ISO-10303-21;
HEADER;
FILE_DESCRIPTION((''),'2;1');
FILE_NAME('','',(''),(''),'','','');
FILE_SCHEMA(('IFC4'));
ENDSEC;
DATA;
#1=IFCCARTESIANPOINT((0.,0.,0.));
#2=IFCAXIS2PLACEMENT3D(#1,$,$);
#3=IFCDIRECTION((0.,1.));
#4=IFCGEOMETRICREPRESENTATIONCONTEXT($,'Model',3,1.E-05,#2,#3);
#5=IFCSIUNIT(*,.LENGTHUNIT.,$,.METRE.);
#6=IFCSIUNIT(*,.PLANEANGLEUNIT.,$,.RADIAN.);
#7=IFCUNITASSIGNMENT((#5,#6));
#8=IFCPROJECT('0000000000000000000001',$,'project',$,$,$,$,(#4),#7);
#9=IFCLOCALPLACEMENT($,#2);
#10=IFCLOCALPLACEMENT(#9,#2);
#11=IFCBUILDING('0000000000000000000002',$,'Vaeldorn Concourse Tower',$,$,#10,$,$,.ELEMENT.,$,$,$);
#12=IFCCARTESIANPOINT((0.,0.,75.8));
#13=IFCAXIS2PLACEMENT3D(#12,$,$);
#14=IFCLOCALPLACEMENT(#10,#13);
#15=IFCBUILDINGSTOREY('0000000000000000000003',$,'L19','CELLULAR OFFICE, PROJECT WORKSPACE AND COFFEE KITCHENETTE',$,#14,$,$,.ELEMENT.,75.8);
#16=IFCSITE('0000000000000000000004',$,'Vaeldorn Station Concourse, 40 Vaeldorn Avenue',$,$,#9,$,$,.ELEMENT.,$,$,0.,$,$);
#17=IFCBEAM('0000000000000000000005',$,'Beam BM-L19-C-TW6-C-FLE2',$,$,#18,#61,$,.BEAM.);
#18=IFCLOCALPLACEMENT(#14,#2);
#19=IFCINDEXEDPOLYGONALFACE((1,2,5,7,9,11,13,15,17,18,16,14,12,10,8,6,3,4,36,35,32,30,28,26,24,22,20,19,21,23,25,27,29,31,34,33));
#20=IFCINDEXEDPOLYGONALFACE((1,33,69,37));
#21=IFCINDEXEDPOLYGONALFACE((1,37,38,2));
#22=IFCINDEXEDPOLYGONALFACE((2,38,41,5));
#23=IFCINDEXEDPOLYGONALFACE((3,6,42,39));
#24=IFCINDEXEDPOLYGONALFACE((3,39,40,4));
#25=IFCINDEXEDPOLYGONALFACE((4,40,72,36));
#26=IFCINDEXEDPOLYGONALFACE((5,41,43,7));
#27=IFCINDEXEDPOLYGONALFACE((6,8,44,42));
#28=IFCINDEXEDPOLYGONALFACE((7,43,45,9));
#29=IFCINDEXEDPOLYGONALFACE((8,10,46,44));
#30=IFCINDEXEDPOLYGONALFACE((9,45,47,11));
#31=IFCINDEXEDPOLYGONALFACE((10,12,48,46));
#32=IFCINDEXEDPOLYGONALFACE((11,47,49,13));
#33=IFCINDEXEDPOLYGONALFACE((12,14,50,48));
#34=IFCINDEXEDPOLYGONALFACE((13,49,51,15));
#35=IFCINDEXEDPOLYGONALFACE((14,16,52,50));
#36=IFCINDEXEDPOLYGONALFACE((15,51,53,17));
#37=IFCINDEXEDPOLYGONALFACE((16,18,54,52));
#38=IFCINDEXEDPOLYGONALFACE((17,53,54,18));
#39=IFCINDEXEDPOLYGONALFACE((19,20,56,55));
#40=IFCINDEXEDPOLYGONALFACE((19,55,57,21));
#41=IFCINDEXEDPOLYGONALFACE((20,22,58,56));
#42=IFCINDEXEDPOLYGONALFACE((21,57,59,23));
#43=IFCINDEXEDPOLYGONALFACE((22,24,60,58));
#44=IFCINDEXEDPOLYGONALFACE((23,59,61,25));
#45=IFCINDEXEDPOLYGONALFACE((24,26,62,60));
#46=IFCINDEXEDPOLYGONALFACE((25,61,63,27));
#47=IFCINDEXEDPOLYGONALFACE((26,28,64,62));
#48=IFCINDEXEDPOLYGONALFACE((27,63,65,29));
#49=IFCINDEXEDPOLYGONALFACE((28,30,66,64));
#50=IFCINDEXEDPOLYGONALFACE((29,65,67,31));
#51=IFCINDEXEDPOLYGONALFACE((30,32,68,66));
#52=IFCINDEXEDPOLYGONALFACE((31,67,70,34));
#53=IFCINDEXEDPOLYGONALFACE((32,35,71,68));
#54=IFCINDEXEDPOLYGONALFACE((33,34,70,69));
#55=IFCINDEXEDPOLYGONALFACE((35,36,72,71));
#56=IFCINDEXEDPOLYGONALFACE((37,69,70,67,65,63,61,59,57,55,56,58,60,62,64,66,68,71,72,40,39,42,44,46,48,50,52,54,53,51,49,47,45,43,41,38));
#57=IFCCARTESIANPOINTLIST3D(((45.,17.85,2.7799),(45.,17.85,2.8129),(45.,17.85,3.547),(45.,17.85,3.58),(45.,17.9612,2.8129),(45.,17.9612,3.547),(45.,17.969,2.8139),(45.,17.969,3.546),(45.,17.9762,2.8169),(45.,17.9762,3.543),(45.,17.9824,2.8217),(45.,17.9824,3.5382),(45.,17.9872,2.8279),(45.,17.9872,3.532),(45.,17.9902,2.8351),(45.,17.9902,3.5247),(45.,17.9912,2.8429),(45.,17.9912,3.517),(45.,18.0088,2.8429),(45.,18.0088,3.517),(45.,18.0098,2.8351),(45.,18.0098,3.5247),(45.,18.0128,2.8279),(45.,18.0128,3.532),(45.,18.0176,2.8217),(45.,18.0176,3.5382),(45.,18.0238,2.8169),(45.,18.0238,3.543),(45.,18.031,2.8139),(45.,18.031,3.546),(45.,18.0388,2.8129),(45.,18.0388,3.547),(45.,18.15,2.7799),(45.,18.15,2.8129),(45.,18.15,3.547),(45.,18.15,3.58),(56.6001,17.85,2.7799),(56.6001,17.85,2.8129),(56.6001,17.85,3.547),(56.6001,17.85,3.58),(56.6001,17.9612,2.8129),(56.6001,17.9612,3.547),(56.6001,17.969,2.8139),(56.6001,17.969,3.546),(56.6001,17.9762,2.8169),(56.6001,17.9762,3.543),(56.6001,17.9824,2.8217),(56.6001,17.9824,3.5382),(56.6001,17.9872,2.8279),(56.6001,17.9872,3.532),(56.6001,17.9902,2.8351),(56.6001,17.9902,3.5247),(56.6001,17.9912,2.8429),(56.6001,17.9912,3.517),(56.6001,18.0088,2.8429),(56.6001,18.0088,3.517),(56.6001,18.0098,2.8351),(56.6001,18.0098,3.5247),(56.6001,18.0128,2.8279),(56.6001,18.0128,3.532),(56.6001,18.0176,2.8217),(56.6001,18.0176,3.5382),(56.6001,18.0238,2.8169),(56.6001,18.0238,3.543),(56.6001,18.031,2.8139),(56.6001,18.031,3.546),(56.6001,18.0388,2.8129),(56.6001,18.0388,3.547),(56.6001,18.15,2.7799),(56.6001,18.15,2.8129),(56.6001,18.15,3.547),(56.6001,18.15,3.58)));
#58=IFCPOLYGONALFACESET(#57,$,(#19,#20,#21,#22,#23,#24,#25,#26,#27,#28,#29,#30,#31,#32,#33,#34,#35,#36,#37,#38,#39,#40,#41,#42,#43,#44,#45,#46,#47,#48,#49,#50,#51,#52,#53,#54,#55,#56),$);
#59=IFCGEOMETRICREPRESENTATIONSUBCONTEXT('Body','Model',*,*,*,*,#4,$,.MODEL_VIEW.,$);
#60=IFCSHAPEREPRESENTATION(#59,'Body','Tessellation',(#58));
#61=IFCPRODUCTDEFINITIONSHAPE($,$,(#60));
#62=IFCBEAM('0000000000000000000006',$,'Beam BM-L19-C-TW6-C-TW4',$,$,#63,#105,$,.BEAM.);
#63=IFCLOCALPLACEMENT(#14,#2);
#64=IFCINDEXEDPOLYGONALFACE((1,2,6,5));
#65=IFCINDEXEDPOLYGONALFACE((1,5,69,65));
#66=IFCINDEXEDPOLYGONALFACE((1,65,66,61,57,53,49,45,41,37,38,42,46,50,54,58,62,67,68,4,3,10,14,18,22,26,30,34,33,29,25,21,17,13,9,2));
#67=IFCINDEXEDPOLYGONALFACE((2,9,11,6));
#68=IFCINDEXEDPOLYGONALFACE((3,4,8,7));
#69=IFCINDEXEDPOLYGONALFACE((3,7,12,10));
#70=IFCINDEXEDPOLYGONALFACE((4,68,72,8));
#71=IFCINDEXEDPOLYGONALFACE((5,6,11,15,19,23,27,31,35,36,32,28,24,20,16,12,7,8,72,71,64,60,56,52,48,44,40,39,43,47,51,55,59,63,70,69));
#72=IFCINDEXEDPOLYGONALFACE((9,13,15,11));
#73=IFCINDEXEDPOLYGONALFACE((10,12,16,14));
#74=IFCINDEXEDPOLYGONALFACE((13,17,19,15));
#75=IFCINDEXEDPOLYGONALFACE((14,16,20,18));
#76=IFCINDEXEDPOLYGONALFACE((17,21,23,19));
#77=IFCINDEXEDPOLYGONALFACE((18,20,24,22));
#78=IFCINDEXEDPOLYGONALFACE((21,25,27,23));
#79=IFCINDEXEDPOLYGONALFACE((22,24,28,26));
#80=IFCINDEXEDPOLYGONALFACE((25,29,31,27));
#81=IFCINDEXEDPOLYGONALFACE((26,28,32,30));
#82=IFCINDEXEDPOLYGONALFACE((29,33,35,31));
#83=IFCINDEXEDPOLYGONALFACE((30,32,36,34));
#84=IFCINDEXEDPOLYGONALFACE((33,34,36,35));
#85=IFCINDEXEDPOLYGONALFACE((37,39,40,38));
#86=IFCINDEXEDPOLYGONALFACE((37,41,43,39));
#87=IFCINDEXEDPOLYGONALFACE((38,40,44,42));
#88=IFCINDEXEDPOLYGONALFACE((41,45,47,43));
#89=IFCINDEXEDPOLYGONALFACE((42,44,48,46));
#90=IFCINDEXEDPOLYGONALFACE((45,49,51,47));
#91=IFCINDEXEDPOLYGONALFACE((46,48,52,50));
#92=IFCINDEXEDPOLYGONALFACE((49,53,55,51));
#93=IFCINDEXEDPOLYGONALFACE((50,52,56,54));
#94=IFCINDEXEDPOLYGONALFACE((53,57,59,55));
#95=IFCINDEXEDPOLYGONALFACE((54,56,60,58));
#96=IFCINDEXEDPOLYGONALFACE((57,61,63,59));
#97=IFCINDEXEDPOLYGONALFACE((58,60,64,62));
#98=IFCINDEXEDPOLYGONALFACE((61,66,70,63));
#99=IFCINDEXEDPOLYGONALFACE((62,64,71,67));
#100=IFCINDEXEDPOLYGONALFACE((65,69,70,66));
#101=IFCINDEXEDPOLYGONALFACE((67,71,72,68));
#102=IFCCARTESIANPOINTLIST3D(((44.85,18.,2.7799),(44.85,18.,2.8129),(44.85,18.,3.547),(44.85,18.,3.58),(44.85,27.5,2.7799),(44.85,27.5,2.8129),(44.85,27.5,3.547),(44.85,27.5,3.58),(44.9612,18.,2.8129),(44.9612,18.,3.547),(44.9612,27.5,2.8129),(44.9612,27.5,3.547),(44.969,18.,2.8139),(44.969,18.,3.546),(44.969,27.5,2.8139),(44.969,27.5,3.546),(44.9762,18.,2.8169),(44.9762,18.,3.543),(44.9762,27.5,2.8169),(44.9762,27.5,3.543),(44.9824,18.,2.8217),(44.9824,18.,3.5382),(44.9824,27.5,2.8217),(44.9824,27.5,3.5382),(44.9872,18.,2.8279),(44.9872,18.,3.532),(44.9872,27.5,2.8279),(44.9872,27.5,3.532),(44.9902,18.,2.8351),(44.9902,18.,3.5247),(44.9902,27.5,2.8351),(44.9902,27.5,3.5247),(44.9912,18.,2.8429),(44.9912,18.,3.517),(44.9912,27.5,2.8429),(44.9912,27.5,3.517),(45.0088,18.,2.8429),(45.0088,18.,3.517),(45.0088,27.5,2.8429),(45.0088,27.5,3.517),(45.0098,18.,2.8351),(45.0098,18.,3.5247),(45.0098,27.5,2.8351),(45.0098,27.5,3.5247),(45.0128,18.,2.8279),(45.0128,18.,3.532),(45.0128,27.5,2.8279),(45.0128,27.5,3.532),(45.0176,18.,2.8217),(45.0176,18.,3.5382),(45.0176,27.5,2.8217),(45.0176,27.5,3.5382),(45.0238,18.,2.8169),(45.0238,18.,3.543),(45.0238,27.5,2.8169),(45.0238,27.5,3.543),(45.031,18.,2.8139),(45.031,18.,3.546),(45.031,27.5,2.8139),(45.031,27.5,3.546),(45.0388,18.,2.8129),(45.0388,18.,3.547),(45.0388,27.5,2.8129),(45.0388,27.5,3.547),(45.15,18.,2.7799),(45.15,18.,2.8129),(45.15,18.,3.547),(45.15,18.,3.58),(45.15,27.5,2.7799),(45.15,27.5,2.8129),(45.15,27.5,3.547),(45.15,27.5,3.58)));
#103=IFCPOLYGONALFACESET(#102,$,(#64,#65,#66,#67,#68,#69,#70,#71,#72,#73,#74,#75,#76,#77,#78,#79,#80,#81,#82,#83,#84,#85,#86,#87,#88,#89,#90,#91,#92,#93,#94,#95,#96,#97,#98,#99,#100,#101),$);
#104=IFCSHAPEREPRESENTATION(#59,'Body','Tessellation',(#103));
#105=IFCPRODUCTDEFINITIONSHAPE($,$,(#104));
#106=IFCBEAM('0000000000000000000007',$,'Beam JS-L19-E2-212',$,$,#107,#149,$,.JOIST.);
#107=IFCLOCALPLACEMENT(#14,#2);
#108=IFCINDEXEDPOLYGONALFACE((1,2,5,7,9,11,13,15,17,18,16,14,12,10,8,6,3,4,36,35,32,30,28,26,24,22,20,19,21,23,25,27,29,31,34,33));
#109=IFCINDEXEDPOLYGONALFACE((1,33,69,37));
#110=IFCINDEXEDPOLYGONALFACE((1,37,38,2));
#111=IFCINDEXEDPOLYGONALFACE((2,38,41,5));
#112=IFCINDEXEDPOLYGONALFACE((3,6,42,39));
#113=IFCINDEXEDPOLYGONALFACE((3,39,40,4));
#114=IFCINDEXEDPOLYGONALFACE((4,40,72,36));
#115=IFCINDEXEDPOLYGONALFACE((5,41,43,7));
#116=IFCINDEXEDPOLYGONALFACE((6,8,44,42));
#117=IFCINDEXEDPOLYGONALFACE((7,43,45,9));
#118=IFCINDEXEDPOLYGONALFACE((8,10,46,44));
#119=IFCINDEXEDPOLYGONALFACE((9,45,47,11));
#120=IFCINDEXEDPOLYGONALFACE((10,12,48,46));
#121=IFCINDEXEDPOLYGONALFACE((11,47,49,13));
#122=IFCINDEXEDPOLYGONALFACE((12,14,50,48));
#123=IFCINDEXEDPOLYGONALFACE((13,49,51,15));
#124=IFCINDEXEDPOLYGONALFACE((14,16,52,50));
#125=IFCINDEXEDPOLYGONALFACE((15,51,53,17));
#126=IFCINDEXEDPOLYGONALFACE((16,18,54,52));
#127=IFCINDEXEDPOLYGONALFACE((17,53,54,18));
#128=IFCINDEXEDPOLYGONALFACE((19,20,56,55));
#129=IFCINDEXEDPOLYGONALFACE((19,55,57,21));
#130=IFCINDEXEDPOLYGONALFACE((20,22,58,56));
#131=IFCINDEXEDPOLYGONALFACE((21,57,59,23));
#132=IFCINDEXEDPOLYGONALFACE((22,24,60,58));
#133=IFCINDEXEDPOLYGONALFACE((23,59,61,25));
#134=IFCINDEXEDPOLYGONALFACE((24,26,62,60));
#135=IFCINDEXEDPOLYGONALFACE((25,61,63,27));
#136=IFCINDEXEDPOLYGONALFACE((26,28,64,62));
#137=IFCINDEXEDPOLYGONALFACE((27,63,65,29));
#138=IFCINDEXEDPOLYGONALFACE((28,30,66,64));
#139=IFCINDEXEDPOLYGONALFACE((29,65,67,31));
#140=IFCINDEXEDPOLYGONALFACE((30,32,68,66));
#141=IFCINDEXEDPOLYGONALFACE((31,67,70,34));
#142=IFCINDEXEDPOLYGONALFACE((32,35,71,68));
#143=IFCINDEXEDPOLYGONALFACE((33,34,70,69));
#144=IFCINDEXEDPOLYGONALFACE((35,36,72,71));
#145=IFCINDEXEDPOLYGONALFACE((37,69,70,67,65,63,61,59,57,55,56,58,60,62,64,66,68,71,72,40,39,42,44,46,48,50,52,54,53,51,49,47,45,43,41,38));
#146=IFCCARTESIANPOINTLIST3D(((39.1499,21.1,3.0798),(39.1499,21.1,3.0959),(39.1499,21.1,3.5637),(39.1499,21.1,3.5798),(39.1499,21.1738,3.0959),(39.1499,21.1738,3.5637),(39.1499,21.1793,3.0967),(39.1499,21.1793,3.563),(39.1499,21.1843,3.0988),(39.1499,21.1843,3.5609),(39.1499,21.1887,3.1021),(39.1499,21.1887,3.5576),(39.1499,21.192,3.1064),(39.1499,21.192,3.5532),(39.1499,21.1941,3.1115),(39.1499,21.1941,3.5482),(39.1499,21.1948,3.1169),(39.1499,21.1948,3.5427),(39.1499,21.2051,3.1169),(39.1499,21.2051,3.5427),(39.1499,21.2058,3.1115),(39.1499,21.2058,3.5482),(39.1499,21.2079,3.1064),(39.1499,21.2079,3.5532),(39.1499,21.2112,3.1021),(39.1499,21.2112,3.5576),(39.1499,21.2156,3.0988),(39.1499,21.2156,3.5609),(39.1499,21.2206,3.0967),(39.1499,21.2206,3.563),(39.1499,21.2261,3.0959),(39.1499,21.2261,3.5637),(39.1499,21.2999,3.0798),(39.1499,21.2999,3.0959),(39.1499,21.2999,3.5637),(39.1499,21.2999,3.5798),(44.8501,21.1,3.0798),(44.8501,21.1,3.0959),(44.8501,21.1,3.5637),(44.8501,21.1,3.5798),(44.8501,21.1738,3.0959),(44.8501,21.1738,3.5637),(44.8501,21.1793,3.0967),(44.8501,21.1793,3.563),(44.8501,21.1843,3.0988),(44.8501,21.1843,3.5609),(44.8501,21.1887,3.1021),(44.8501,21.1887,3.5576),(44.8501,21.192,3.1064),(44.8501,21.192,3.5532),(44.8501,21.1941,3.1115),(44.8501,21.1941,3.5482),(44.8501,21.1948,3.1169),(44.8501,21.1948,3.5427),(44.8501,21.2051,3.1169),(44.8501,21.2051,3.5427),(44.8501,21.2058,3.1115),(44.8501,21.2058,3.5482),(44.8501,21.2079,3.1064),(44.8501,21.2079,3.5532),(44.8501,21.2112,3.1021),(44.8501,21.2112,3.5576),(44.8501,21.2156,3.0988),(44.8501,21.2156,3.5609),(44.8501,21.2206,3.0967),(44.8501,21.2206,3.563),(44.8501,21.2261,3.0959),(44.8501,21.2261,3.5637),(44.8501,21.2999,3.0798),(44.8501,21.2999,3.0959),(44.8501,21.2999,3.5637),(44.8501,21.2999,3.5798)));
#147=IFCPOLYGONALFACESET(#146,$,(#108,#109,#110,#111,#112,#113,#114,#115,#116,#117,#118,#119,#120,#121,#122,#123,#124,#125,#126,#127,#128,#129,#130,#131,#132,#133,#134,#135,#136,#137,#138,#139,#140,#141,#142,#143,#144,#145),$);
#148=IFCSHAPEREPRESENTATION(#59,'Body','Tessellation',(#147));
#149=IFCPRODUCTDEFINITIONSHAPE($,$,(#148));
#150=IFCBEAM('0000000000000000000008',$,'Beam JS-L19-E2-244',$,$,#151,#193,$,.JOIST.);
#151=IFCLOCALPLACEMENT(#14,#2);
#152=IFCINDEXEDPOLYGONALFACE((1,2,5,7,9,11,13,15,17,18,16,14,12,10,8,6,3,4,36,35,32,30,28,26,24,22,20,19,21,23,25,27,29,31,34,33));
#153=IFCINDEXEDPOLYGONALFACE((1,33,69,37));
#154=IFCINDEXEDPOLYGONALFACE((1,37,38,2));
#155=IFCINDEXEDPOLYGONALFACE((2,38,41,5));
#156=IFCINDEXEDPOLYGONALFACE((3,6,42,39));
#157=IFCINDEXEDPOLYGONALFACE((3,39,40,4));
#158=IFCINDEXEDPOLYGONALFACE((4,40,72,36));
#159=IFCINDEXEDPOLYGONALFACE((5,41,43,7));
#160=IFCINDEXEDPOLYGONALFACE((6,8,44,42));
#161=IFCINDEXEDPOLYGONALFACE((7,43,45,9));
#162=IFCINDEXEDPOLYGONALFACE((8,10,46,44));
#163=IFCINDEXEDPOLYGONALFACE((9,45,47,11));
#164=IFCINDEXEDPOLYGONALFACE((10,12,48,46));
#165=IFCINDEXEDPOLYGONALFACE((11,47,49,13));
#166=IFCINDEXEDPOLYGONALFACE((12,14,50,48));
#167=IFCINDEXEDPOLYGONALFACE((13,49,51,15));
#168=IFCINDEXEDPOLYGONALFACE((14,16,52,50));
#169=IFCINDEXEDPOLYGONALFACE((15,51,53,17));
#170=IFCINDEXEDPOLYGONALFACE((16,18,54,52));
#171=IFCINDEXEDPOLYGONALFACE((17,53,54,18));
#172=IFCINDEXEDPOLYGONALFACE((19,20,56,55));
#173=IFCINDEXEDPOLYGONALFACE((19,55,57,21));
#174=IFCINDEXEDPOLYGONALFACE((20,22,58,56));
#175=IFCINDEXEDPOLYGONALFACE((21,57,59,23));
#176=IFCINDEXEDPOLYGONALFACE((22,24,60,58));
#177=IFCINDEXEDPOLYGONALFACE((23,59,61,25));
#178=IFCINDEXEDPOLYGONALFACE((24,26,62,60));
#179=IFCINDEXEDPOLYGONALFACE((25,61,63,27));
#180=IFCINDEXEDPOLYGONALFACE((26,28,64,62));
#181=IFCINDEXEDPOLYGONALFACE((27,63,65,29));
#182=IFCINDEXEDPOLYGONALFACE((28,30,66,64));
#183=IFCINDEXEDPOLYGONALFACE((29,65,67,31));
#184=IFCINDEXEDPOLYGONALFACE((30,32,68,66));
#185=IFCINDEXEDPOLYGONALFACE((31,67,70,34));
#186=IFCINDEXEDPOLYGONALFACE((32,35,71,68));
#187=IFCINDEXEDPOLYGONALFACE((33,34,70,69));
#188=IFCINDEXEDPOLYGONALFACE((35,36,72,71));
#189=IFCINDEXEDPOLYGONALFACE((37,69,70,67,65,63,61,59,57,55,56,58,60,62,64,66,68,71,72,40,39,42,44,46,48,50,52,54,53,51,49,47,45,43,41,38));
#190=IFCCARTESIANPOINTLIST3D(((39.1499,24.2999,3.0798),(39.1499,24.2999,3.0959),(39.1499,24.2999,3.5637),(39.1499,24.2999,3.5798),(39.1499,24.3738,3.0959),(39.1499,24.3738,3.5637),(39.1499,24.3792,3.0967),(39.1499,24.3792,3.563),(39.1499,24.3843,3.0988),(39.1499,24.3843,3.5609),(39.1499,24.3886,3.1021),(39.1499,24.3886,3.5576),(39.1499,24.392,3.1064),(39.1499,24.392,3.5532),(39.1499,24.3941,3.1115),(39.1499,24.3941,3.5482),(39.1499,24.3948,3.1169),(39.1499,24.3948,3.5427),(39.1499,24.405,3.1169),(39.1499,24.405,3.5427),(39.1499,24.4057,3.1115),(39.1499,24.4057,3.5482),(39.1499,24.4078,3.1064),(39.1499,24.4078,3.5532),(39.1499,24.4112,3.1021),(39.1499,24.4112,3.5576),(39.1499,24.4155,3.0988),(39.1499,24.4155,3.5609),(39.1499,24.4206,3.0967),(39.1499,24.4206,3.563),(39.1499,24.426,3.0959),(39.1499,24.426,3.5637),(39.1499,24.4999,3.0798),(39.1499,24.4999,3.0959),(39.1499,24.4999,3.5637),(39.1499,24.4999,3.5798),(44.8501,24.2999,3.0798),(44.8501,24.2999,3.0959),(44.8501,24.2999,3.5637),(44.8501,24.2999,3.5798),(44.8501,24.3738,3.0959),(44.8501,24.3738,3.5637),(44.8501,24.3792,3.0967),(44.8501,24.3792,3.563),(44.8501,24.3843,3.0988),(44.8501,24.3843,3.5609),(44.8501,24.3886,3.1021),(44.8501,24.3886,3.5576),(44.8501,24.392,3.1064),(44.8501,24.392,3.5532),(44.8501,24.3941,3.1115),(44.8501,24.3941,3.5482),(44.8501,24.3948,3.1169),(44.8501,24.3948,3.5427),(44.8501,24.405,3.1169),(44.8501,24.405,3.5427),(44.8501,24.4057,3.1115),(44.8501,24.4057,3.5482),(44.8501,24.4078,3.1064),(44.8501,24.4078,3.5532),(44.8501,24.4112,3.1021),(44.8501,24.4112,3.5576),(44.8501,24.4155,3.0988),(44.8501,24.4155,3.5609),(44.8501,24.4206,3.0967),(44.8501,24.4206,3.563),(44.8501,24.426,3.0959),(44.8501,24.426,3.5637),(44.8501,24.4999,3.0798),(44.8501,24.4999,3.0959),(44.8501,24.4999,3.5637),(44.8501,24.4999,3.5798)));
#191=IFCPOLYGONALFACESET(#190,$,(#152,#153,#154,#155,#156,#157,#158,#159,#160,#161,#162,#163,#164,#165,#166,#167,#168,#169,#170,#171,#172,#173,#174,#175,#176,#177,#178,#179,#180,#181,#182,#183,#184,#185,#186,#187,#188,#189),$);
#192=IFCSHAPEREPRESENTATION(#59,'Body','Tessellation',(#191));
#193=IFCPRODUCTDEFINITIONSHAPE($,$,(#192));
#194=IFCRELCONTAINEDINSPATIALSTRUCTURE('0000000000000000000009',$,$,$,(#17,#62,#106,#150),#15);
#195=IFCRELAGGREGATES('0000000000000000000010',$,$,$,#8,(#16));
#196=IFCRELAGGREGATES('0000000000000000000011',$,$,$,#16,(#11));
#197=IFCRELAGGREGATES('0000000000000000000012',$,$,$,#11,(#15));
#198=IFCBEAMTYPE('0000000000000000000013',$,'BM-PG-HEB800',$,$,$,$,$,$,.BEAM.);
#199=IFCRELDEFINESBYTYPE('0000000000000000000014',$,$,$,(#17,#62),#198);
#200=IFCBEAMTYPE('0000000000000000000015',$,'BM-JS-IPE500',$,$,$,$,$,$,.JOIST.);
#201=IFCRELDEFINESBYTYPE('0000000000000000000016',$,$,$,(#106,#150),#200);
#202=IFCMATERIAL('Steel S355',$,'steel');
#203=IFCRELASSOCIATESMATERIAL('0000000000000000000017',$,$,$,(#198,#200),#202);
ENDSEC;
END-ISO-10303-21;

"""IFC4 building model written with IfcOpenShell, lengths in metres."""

from ifc_helpers import new_model, si_unit, direction, frame, origin, origin_2d, place, context, subcontext, project, spatial, i_section, extrude, source, transform, mapped, material, material_profile, profile_set, type_object, element, save


model = new_model("IFC4")

# Units and contexts
model_context = context("Model", 3, precision=1e-05, world=origin(), true_north=direction((0.0, 1.0)))
body_context = subcontext(model_context, "Body", "Model", "MODEL_VIEW")
ifc_project = project(units=[si_unit("LENGTHUNIT", "METRE"), si_unit("PLANEANGLEUNIT", "RADIAN")], contexts=[model_context])

# Site, building, storey
site_placement = place(None, origin())
site = spatial("IfcSite", under=ifc_project, at=site_placement, Name="Vaeldorn Station Concourse, 40 Vaeldorn Avenue", CompositionType="ELEMENT", RefElevation=0.0)
building_placement = place(site_placement, origin())
building = spatial("IfcBuilding", under=site, at=building_placement, Name="Vaeldorn Concourse Tower", CompositionType="ELEMENT")
storey_placement = place(building_placement, frame((0.0, 0.0, 75.8)))
storey = spatial("IfcBuildingStorey", under=building, at=storey_placement, Name="L19", Description="CELLULAR OFFICE, PROJECT WORKSPACE AND COFFEE KITCHENETTE", CompositionType="ELEMENT", Elevation=75.8)

# Beams
ifc_material_1 = material(Name="Steel S355", Category="steel")
ifc_material_profile_1 = material_profile(ifc_material_1, i_section(OverallWidth=0.3, OverallDepth=0.8, WebThickness=0.0176, FlangeThickness=0.033, FilletRadius=0.03, at=origin_2d()), Name="HEB 800")
ifc_profile_set_1 = profile_set([ifc_material_profile_1], Name="Steel S355")
beam_type_1 = type_object("IfcBeamType", Name="BM-PG-HEB800", PredefinedType="BEAM", material=ifc_profile_set_1)
shared_shape_1 = source(origin(), body_context, "Body", "SweptSolid", [
    extrude(i_section(OverallWidth=0.3, OverallDepth=0.8, WebThickness=0.0176, FlangeThickness=0.033, FilletRadius=0.03, at=origin_2d()), origin(), (0.0, 0.0, 1.0), 11.6001),
])
beam_1_placement = place(storey_placement, frame((45.0, 18.0, 3.1799), z_axis=(1.0, 0.0, 0.0), x_axis=(0.0, 1.0, 0.0)))
element("IfcBeam", 1, at=beam_1_placement, inside=storey, type_object=beam_type_1, Name="Beam BM-L19-C-TW6-C-FLE2", PredefinedType="BEAM", context=body_context, shape_type="MappedRepresentation", body=[
    mapped(shared_shape_1, transform((0.0, 0.0, 0.0), scale=1.0)),
])
shared_shape_2 = source(origin(), body_context, "Body", "SweptSolid", [
    extrude(i_section(OverallWidth=0.3, OverallDepth=0.8, WebThickness=0.0176, FlangeThickness=0.033, FilletRadius=0.03, at=origin_2d()), origin(), (0.0, 0.0, 1.0), 9.5),
])
beam_2_placement = place(storey_placement, frame((45.0, 18.0, 3.1799), z_axis=(0.0, 1.0, 0.0), x_axis=(-1.0, 0.0, 0.0)))
element("IfcBeam", 2, at=beam_2_placement, inside=storey, type_object=beam_type_1, Name="Beam BM-L19-C-TW6-C-TW4", PredefinedType="BEAM", context=body_context, shape_type="MappedRepresentation", body=[
    mapped(shared_shape_2, transform((0.0, 0.0, 0.0), scale=1.0)),
])
ifc_material_profile_2 = material_profile(ifc_material_1, i_section(OverallWidth=0.2, OverallDepth=0.5, WebThickness=0.0103, FlangeThickness=0.0161, FilletRadius=0.021, at=origin_2d()), Name="IPE 500")
ifc_profile_set_2 = profile_set([ifc_material_profile_2], Name="Steel S355")
beam_type_2 = type_object("IfcBeamType", Name="BM-JS-IPE500", PredefinedType="JOIST", material=ifc_profile_set_2)
shared_shape_3 = source(origin(), body_context, "Body", "SweptSolid", [
    extrude(i_section(OverallWidth=0.2, OverallDepth=0.5, WebThickness=0.0103, FlangeThickness=0.0161, FilletRadius=0.021, at=origin_2d()), origin(), (0.0, 0.0, 1.0), 5.7002),
])
for number, where, z_axis, x_axis, name in (
    (3, (39.1499, 21.2, 3.3298), (1.0, 0.0, 0.0), (0.0, 1.0, 0.0), "Beam JS-L19-E2-212"),
    (4, (39.1499, 24.3999, 3.3298), (1.0, 0.0, 0.0), (0.0, 1.0, 0.0), "Beam JS-L19-E2-244"),
):
    element("IfcBeam", number, at=place(storey_placement, frame(where, z_axis=z_axis, x_axis=x_axis)), inside=storey, type_object=beam_type_2, Name=name, PredefinedType="JOIST", context=body_context, shape_type="MappedRepresentation", body=[
        mapped(shared_shape_3, transform((0.0, 0.0, 0.0), scale=1.0)),
    ])

save(model, "model.ifc")
